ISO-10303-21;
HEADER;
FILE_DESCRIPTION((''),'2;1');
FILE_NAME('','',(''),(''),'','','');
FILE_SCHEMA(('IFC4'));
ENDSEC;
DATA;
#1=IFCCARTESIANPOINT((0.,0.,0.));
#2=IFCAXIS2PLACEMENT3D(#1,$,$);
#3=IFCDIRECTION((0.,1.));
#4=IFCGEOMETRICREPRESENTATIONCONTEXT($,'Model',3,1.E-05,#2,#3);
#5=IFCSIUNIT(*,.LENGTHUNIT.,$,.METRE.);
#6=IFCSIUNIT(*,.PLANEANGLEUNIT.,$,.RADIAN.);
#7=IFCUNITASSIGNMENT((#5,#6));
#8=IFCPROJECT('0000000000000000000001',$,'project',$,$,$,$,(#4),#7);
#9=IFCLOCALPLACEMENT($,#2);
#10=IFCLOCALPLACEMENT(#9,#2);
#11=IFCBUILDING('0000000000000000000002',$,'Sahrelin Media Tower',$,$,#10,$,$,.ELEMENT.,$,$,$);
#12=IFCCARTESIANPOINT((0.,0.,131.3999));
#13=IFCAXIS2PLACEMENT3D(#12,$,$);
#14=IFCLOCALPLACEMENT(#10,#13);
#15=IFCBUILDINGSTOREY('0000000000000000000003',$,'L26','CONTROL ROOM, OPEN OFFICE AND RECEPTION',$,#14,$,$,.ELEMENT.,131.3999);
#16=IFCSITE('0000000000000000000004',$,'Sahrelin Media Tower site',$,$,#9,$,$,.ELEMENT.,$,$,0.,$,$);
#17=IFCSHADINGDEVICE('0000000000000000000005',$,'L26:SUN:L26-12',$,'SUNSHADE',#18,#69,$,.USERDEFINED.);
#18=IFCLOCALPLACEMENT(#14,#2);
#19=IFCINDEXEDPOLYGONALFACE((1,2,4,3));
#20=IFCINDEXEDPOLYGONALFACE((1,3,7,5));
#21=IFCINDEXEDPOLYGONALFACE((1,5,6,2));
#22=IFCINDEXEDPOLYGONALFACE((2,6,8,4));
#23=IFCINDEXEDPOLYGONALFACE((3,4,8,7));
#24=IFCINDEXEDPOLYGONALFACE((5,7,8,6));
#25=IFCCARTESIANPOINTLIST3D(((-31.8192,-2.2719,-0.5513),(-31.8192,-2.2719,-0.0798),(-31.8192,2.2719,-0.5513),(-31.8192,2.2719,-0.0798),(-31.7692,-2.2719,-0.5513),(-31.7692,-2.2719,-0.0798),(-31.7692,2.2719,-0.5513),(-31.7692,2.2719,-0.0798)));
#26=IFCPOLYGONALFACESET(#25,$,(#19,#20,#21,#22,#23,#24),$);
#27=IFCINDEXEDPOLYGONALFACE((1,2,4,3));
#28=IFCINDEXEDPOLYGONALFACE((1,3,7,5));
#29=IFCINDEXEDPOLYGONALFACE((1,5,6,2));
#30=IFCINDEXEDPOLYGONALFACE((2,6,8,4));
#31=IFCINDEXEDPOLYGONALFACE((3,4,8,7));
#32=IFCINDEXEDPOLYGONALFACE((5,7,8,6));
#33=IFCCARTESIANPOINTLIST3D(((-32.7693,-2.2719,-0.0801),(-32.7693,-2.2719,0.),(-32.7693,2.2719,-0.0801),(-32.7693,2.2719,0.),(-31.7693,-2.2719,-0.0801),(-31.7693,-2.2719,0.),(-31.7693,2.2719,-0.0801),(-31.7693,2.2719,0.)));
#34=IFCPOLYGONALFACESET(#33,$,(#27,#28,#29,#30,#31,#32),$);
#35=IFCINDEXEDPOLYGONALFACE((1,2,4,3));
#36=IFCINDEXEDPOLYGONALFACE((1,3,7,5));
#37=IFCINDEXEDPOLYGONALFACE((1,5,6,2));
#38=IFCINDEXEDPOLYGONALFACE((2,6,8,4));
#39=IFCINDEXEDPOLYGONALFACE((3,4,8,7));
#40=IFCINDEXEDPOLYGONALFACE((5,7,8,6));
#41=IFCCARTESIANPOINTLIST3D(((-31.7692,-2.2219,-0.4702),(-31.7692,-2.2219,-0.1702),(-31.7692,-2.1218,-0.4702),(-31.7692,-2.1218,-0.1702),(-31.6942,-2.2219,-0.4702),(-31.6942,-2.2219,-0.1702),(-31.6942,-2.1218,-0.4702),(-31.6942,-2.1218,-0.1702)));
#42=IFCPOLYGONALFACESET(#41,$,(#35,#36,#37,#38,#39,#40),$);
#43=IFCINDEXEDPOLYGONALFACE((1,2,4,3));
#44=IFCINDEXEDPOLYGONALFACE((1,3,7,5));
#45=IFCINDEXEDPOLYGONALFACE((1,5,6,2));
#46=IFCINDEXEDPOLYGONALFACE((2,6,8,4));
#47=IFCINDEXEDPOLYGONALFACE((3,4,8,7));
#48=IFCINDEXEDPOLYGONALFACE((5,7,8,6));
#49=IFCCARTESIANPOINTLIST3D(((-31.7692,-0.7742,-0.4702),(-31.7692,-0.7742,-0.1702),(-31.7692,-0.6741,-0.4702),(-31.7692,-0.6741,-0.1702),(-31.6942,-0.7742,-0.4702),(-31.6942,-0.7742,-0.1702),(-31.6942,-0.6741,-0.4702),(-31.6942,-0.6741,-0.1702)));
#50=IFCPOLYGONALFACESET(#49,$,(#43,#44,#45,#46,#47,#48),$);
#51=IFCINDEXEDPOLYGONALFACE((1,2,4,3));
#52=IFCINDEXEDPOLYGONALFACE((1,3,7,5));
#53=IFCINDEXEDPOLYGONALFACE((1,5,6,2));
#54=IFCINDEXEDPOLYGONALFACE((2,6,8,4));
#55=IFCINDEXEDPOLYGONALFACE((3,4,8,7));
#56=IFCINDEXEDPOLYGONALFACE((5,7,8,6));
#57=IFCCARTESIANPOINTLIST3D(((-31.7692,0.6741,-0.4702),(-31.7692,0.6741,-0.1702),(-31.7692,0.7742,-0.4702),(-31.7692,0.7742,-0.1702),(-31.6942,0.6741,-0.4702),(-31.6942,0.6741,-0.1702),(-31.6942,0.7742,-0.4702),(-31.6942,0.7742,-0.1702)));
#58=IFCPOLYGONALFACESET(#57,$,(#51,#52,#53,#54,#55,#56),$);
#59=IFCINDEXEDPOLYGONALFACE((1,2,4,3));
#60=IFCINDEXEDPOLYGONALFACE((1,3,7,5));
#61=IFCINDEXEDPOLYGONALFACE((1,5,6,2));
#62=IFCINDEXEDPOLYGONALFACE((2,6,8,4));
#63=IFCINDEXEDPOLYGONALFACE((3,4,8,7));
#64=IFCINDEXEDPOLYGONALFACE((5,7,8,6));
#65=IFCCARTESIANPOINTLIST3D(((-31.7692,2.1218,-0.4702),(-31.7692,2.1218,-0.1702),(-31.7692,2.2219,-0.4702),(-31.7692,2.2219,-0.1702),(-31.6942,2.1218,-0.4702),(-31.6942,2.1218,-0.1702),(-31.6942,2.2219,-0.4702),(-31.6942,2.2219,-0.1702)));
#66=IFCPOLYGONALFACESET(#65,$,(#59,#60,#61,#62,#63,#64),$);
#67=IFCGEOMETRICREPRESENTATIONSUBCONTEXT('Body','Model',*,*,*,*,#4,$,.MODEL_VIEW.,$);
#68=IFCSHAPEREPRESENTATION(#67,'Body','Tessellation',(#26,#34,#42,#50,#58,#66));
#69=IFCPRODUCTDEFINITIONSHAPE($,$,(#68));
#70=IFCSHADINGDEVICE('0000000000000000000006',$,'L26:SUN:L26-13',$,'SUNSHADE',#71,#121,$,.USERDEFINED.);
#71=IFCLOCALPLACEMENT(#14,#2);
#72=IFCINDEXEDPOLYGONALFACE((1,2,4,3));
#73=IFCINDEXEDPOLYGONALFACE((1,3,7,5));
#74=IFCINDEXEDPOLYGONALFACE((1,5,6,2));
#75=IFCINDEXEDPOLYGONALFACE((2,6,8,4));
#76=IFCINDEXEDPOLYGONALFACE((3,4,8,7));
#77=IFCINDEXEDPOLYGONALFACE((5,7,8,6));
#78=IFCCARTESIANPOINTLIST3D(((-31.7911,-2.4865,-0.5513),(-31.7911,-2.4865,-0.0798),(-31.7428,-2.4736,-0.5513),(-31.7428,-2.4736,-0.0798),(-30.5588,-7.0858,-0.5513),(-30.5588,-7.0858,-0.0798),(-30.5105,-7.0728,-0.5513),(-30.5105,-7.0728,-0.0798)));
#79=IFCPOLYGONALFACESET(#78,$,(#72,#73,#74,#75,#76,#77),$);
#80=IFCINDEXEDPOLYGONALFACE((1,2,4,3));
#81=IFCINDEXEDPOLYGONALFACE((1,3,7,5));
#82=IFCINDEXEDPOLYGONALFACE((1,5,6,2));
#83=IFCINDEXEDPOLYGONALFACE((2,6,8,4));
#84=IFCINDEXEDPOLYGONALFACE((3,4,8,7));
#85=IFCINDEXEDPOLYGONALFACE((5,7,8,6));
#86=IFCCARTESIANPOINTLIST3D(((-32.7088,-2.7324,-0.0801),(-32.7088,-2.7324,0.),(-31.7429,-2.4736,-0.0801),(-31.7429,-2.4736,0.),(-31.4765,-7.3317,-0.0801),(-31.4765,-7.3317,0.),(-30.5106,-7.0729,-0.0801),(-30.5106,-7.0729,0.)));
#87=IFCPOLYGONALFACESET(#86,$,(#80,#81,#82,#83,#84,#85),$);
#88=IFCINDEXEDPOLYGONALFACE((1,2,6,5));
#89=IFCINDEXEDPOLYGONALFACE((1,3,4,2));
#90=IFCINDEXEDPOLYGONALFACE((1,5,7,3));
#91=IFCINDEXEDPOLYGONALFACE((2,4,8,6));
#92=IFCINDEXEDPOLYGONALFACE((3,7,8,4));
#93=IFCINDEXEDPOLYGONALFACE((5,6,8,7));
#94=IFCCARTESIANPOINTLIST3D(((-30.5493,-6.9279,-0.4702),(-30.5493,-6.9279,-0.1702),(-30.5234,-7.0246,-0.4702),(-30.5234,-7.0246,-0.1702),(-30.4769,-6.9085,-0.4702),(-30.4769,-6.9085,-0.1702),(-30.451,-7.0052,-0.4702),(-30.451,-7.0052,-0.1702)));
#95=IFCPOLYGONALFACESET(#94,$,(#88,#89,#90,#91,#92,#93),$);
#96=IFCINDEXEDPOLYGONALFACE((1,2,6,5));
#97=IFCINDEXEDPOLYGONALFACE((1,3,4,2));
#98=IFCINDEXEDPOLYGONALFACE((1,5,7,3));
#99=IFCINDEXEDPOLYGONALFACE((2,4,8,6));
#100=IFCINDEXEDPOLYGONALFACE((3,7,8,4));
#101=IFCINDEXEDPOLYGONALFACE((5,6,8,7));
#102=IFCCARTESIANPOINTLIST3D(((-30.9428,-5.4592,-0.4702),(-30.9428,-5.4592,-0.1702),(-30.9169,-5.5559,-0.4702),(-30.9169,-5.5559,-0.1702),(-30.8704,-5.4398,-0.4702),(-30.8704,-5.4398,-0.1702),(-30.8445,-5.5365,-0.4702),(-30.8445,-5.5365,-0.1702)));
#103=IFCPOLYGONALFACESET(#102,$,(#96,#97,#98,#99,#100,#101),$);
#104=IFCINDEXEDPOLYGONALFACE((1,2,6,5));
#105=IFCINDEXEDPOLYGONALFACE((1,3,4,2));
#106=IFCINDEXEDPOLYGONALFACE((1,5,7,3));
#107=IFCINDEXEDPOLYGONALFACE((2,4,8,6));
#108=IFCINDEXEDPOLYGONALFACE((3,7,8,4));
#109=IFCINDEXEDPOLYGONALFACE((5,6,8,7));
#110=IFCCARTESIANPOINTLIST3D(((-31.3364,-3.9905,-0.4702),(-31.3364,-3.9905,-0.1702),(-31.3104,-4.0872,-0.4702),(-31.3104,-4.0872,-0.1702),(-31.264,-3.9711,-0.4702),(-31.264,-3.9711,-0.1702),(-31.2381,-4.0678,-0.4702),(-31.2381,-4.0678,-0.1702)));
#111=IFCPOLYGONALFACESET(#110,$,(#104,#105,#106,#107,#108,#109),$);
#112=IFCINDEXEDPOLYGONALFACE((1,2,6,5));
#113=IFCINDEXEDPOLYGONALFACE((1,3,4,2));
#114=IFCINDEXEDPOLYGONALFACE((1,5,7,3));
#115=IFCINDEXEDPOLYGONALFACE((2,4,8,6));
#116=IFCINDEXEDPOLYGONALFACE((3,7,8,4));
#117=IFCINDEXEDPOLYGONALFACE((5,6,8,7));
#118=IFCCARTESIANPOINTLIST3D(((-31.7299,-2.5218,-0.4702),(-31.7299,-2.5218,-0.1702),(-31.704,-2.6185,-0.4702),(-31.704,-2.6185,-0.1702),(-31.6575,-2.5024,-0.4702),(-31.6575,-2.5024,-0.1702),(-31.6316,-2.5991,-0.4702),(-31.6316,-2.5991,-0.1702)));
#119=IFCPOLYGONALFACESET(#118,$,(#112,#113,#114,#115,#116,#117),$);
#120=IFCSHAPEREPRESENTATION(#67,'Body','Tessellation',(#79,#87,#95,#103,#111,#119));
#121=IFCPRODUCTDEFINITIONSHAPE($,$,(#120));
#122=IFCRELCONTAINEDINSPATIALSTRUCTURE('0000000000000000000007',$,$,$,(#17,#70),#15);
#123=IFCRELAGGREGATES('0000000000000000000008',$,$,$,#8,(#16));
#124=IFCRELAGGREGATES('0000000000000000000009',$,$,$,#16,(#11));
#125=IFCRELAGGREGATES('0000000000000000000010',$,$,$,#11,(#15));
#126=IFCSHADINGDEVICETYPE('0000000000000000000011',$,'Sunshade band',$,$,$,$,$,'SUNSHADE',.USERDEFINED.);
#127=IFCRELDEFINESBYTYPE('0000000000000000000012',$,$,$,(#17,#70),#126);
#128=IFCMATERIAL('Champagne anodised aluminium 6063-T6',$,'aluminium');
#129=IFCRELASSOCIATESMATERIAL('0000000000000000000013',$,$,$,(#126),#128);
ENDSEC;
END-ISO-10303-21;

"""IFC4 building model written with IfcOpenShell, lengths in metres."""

from ifc_helpers import new_model, si_unit, direction, frame, origin, origin_2d, place, context, subcontext, project, spatial, rectangle, extrude, material, type_object, element, save


model = new_model("IFC4")

# Units and contexts
model_context = context("Model", 3, precision=1e-05, world=origin(), true_north=direction((0.0, 1.0)))
body_context = subcontext(model_context, "Body", "Model", "MODEL_VIEW")
ifc_project = project(units=[si_unit("LENGTHUNIT", "METRE"), si_unit("PLANEANGLEUNIT", "RADIAN")], contexts=[model_context])

# Site, building, storey
site_placement = place(None, origin())
site = spatial("IfcSite", under=ifc_project, at=site_placement, Name="Sahrelin Media Tower site", CompositionType="ELEMENT", RefElevation=0.0)
building_placement = place(site_placement, origin())
building = spatial("IfcBuilding", under=site, at=building_placement, Name="Sahrelin Media Tower", CompositionType="ELEMENT")
storey_placement = place(building_placement, frame((0.0, 0.0, 131.3999)))
storey = spatial("IfcBuildingStorey", under=building, at=storey_placement, Name="L26", Description="CONTROL ROOM, OPEN OFFICE AND RECEPTION", CompositionType="ELEMENT", Elevation=131.3999)

# Shared definitions
ifc_material_1 = material(Name="Champagne anodised aluminium 6063-T6", Category="aluminium")

# Shading devices
placement_1 = place(storey_placement, frame((-31.7493, 0.0, 0.0), z_axis=(0.0, 0.0, 1.0), x_axis=(0.0, 1.0, 0.0)))
placement_2 = place(storey_placement, frame((-31.1074, -4.7681, 0.0), z_axis=(0.0, 0.0, 1.0), x_axis=(-0.258808, 0.965929, 0.0)))
shading_device_type_1 = type_object("IfcShadingDeviceType", Name="Sunshade band", ElementType="SUNSHADE", PredefinedType="USERDEFINED", material=ifc_material_1)
element("IfcShadingDevice", 1, at=placement_1, inside=storey, type_object=shading_device_type_1, Name="L26:SUN:L26-12", ObjectType="SUNSHADE", PredefinedType="USERDEFINED", context=body_context, shape_type="SweptSolid", body=[
    extrude(rectangle(XDim=4.5437, YDim=0.05, at=origin_2d()), frame((0.0, 0.0449, -0.5513)), (0.0, 0.0, 1.0), 0.4714),
    extrude(rectangle(XDim=4.5437, YDim=1.0, at=origin_2d()), frame((0.0, 0.52, -0.0801)), (0.0, 0.0, 1.0), 0.0801),
    extrude(rectangle(XDim=0.1001, YDim=0.075, at=origin_2d()), frame((-2.1719, -0.0176, -0.4702)), (0.0, 0.0, 1.0), 0.3),
    extrude(rectangle(XDim=0.1001, YDim=0.075, at=origin_2d()), frame((-0.7241, -0.0176, -0.4702)), (0.0, 0.0, 1.0), 0.3),
    extrude(rectangle(XDim=0.1001, YDim=0.075, at=origin_2d()), frame((0.7241, -0.0176, -0.4702)), (0.0, 0.0, 1.0), 0.3),
    extrude(rectangle(XDim=0.1001, YDim=0.075, at=origin_2d()), frame((2.1719, -0.0176, -0.4702)), (0.0, 0.0, 1.0), 0.3),
])
element("IfcShadingDevice", 2, at=placement_2, inside=storey, type_object=shading_device_type_1, Name="L26:SUN:L26-13", ObjectType="SUNSHADE", PredefinedType="USERDEFINED", context=body_context, shape_type="SweptSolid", body=[
    extrude(rectangle(XDim=4.7615, YDim=0.05, at=origin_2d()), frame((0.0, 0.0449, -0.5513)), (0.0, 0.0, 1.0), 0.4714),
    extrude(rectangle(XDim=4.7615, YDim=1.0, at=origin_2d()), frame((0.0, 0.52, -0.0801)), (0.0, 0.0, 1.0), 0.0801),
    extrude(rectangle(XDim=0.1001, YDim=0.075, at=origin_2d()), frame((-2.2808, -0.0176, -0.4702)), (0.0, 0.0, 1.0), 0.3),
    extrude(rectangle(XDim=0.1001, YDim=0.075, at=origin_2d()), frame((-0.7603, -0.0176, -0.4702)), (0.0, 0.0, 1.0), 0.3),
    extrude(rectangle(XDim=0.1001, YDim=0.075, at=origin_2d()), frame((0.7603, -0.0176, -0.4702)), (0.0, 0.0, 1.0), 0.3),
    extrude(rectangle(XDim=0.1001, YDim=0.075, at=origin_2d()), frame((2.2808, -0.0176, -0.4702)), (0.0, 0.0, 1.0), 0.3),
])

save(model, "model.ifc")
